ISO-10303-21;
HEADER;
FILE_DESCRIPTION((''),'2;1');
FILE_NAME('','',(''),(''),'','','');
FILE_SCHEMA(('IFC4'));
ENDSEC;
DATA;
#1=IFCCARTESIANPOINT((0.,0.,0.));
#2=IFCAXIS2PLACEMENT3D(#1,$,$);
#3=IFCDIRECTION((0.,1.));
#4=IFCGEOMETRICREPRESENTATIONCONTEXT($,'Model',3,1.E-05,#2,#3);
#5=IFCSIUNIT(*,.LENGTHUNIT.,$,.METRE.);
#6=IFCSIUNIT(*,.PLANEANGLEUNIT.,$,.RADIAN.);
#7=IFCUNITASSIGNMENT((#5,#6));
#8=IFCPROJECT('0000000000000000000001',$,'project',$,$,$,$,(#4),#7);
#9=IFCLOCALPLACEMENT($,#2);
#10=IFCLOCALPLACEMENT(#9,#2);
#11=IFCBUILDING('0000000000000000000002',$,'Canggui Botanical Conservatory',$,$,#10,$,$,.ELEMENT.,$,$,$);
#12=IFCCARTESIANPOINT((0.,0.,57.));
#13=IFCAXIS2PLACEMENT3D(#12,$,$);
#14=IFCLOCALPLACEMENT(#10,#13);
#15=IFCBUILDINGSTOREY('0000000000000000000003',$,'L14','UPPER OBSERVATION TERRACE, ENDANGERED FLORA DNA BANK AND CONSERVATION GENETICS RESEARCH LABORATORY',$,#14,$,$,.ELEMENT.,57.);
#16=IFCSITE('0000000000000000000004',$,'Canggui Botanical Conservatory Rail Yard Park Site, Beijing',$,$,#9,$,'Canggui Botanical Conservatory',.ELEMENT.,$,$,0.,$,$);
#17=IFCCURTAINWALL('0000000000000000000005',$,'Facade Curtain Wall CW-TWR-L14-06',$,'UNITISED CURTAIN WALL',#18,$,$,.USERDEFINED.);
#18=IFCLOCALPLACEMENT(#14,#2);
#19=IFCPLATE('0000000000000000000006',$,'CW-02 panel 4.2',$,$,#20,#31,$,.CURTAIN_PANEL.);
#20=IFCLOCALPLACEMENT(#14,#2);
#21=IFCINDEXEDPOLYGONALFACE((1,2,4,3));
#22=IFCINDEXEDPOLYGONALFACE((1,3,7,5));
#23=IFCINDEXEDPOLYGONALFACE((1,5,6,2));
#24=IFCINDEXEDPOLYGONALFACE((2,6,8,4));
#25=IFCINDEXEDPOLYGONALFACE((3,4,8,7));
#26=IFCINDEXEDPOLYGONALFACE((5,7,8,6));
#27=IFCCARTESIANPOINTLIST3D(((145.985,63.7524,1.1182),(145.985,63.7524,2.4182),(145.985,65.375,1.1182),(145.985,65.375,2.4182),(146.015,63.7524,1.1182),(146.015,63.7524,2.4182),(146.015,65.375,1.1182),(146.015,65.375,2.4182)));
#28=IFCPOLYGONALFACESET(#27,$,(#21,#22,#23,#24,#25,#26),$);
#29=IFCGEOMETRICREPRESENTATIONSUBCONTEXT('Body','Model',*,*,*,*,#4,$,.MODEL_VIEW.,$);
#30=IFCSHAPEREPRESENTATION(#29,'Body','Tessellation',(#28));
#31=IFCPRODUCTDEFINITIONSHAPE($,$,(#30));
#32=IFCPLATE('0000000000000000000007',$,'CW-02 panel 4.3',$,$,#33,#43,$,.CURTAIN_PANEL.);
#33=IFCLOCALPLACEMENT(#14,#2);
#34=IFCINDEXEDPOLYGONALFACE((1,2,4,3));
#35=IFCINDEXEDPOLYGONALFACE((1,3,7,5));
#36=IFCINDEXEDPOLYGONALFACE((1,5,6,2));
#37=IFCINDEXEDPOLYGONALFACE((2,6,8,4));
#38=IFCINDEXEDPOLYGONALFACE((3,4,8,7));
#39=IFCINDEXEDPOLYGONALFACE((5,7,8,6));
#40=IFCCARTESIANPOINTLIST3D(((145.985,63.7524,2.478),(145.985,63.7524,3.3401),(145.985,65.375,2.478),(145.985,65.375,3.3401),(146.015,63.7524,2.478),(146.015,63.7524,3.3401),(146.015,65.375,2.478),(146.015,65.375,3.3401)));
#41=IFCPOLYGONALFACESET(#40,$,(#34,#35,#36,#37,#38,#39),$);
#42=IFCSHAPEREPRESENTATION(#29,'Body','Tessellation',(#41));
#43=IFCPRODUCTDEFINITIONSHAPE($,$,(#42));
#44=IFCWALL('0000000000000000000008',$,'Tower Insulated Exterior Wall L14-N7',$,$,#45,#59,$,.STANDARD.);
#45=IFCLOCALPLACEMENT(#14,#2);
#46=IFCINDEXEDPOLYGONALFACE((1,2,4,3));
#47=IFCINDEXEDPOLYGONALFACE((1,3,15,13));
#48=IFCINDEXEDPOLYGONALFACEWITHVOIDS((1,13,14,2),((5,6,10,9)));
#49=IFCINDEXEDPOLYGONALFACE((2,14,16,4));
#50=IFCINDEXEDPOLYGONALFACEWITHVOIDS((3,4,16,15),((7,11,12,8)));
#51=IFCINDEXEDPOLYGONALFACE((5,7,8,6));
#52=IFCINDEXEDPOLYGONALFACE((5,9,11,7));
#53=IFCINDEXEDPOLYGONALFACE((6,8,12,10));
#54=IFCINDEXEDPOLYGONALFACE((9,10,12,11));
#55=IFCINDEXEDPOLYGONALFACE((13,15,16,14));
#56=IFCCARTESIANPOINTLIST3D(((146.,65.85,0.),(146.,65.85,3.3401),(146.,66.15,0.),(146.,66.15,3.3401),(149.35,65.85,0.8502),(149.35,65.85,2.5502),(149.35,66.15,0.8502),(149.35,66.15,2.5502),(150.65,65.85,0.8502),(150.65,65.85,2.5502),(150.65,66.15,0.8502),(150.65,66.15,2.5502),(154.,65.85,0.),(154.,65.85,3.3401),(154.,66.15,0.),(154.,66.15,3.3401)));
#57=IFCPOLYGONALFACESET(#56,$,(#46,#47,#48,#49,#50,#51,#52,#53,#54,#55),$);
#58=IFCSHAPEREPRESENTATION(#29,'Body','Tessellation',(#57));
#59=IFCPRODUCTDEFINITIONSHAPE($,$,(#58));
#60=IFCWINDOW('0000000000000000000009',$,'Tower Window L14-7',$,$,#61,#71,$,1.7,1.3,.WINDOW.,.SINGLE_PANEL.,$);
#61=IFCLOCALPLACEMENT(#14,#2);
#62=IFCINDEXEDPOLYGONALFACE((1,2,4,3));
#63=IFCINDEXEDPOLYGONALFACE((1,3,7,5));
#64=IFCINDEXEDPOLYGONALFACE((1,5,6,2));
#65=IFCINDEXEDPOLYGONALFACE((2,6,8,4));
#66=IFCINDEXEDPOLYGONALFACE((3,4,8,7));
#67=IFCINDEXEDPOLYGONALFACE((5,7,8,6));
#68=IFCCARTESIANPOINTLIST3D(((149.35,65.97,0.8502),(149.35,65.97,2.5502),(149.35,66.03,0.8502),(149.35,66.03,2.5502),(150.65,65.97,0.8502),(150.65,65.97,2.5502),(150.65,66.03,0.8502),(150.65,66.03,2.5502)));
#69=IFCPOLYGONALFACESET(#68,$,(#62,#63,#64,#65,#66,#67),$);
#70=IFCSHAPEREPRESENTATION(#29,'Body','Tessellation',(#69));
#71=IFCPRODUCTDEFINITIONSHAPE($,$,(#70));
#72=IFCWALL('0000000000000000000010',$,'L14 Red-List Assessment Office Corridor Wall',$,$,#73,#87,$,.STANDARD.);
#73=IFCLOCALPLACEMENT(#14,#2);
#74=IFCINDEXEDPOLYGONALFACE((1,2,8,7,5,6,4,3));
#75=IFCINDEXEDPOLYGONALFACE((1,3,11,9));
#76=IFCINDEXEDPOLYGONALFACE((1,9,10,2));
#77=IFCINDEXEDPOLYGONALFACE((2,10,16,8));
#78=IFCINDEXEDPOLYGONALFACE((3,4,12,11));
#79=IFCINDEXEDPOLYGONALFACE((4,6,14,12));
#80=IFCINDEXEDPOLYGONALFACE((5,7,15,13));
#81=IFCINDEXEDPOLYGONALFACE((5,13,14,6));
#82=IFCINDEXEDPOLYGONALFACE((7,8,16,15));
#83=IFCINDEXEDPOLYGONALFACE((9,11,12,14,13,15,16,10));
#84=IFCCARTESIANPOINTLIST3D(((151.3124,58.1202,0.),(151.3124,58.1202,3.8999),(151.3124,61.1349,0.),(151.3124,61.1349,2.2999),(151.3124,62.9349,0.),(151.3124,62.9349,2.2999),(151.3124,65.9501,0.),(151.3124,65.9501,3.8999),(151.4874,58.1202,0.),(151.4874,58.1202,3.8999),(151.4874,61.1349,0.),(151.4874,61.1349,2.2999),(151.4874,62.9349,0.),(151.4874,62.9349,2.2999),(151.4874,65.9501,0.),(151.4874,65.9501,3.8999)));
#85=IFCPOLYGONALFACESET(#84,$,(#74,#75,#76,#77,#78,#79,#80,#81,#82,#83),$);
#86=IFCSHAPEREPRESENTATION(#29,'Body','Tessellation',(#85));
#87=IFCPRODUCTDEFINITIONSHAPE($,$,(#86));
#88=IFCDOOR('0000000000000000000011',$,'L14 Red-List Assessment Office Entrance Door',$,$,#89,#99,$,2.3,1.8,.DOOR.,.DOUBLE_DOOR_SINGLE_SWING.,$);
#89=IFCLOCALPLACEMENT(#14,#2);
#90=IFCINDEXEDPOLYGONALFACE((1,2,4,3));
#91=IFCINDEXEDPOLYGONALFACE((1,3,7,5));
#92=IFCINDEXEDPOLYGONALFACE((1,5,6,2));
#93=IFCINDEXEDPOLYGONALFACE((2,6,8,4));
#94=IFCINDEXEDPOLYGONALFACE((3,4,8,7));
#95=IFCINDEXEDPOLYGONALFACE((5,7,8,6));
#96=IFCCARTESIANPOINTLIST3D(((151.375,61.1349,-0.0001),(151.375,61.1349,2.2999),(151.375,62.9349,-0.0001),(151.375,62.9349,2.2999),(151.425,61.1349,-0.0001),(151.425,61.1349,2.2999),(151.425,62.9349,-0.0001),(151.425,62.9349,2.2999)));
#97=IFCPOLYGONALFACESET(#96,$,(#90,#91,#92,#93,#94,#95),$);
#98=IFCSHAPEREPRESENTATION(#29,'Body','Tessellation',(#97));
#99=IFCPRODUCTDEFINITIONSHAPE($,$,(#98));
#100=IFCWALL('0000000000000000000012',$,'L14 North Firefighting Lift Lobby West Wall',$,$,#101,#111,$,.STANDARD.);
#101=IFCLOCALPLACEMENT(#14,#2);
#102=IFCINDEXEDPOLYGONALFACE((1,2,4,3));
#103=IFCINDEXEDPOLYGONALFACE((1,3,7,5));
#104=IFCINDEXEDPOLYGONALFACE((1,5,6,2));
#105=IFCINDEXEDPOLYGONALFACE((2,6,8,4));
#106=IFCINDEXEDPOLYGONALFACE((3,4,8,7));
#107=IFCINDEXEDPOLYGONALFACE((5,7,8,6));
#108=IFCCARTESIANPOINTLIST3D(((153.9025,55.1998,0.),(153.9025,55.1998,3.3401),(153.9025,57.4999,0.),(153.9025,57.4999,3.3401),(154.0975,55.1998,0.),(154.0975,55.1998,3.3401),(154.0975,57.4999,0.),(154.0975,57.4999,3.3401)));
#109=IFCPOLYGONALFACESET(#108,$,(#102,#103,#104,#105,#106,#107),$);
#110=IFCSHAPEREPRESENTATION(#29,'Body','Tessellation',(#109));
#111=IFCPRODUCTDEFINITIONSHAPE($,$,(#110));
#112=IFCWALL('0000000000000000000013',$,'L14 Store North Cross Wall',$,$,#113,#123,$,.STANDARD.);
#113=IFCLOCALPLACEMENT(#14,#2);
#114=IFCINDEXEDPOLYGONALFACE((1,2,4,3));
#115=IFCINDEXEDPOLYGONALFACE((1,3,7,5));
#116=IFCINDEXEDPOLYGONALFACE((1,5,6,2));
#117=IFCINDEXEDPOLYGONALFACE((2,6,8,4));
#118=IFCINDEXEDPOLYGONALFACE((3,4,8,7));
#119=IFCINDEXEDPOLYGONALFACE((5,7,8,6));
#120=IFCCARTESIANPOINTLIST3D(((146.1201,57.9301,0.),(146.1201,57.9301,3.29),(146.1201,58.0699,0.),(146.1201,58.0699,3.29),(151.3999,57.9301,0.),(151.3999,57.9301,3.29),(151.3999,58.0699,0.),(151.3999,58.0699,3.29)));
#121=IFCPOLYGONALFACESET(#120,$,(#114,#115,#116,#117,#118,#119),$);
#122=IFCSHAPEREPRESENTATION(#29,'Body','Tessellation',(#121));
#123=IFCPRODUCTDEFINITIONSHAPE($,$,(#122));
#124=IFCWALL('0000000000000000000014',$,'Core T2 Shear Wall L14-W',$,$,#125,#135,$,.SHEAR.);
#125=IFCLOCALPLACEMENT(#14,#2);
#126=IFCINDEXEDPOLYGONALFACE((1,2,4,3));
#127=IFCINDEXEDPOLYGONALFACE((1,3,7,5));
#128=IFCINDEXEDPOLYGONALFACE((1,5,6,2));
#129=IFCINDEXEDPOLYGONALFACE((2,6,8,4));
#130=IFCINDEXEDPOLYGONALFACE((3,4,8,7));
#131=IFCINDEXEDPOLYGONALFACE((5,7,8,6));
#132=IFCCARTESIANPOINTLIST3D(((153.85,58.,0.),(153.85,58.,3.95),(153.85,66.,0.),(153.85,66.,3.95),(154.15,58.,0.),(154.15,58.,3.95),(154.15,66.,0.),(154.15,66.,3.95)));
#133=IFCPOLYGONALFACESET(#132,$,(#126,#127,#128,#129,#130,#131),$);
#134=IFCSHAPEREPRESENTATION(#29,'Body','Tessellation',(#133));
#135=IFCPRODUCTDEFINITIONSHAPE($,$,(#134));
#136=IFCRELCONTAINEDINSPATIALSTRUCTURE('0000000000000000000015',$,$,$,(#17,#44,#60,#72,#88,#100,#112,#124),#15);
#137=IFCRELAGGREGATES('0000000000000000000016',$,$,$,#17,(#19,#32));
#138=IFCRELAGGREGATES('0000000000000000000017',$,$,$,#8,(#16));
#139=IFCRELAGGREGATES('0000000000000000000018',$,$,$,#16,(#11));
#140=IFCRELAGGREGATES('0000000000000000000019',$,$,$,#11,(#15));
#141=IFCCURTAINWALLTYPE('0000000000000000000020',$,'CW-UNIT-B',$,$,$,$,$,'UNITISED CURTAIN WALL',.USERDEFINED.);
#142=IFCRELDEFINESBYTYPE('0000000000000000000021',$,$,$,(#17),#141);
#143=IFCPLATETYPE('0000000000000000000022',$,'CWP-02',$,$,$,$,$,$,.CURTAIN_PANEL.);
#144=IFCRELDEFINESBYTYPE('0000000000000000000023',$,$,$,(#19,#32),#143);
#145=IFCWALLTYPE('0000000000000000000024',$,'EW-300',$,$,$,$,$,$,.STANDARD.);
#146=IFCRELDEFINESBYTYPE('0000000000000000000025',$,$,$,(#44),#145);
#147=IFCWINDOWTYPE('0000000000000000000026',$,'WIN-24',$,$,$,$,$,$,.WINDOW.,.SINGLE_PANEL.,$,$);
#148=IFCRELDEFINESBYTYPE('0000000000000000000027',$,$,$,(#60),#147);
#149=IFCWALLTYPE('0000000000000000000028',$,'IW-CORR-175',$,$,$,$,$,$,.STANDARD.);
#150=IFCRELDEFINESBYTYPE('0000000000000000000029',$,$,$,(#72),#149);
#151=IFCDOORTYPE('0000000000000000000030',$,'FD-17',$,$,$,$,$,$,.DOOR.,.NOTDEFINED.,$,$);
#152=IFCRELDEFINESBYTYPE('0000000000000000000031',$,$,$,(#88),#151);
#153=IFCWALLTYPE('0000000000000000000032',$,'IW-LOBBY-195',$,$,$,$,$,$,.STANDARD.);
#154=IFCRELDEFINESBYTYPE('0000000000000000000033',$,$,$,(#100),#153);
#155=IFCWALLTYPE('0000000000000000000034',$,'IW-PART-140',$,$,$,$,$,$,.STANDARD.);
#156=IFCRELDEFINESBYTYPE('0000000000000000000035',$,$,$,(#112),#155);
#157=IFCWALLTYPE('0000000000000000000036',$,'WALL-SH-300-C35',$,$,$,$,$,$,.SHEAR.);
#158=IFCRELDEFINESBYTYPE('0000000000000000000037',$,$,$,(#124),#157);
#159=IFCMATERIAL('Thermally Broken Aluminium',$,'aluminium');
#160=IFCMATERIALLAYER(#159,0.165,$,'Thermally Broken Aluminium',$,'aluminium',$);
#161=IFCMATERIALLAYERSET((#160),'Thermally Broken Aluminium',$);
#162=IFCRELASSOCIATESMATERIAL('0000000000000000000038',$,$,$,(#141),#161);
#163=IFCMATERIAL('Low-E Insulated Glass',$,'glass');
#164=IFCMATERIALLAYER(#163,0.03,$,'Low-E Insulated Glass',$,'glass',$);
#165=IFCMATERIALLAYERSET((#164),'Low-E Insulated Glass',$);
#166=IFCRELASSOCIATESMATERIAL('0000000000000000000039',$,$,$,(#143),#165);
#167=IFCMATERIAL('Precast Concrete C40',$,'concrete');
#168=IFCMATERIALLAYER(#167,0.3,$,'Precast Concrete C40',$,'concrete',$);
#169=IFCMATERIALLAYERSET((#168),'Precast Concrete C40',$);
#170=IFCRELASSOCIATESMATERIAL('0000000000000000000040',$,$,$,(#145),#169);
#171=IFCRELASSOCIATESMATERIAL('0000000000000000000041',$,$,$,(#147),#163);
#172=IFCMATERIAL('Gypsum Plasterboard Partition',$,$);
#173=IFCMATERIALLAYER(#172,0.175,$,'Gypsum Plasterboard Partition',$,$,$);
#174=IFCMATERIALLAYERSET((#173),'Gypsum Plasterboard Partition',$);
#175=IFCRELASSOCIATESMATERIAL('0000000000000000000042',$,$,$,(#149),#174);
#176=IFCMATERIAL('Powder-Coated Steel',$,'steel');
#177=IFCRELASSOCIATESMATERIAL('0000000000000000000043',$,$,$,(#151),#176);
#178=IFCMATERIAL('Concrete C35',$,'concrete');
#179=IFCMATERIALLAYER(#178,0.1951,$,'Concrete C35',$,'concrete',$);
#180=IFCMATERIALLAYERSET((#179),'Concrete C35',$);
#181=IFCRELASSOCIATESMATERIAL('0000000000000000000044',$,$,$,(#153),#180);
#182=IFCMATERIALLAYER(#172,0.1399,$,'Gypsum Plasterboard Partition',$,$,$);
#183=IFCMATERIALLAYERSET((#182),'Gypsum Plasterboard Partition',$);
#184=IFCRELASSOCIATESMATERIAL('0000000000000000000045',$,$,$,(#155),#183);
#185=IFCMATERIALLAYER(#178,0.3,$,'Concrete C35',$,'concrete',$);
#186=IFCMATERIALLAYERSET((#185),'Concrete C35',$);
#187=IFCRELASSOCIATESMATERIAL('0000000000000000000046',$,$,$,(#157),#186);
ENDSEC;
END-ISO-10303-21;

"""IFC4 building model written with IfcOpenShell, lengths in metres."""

from ifc_helpers import new_model, si_unit, direction, frame, frame_2d, origin, origin_2d, place, context, subcontext, project, spatial, rectangle, extrude, material, layer, layer_set, type_object, element, fill, aggregate, save


model = new_model("IFC4")

# Units and contexts
model_context = context("Model", 3, precision=1e-05, world=origin(), true_north=direction((0.0, 1.0)))
body_context = subcontext(model_context, "Body", "Model", "MODEL_VIEW")
ifc_project = project(units=[si_unit("LENGTHUNIT", "METRE"), si_unit("PLANEANGLEUNIT", "RADIAN")], contexts=[model_context])

# Site, building, storey
site_placement = place(None, origin())
site = spatial("IfcSite", under=ifc_project, at=site_placement, Name="Canggui Botanical Conservatory Rail Yard Park Site, Beijing", LongName="Canggui Botanical Conservatory", CompositionType="ELEMENT", RefElevation=0.0)
building_placement = place(site_placement, origin())
building = spatial("IfcBuilding", under=site, at=building_placement, Name="Canggui Botanical Conservatory", CompositionType="ELEMENT")
storey_placement = place(building_placement, frame((0.0, 0.0, 57.0)))
storey = spatial("IfcBuildingStorey", under=building, at=storey_placement, Name="L14", Description="UPPER OBSERVATION TERRACE, ENDANGERED FLORA DNA BANK AND CONSERVATION GENETICS RESEARCH LABORATORY", CompositionType="ELEMENT", Elevation=57.0)

# Shared definitions
ifc_material_1 = material(Name="Concrete C35", Category="concrete")

# Curtain wall, plates
ifc_material_2 = material(Name="Thermally Broken Aluminium", Category="aluminium")
ifc_layer_1 = layer(ifc_material_2, 0.165, Name="Thermally Broken Aluminium", Category="aluminium")
ifc_layer_set_1 = layer_set([ifc_layer_1], Name="Thermally Broken Aluminium")
curtain_wall_type = type_object("IfcCurtainWallType", Name="CW-UNIT-B", ElementType="UNITISED CURTAIN WALL", PredefinedType="USERDEFINED", material=ifc_layer_set_1)
curtain_wall_placement = place(storey_placement, origin())
curtain_wall = element("IfcCurtainWall", 1, at=curtain_wall_placement, inside=storey, type_object=curtain_wall_type, Name="Facade Curtain Wall CW-TWR-L14-06", ObjectType="UNITISED CURTAIN WALL", PredefinedType="USERDEFINED")
ifc_material_3 = material(Name="Low-E Insulated Glass", Category="glass")
ifc_layer_2 = layer(ifc_material_3, 0.03, Name="Low-E Insulated Glass", Category="glass")
ifc_layer_set_2 = layer_set([ifc_layer_2], Name="Low-E Insulated Glass")
plate_type = type_object("IfcPlateType", Name="CWP-02", PredefinedType="CURTAIN_PANEL", material=ifc_layer_set_2)
plate_1_placement = place(storey_placement, frame((146.0, 64.5637, 1.1182), z_axis=(0.0, 0.0, 1.0), x_axis=(0.0, 1.0, 0.0)))
plate_1 = element("IfcPlate", 2, at=plate_1_placement, type_object=plate_type, Name="CW-02 panel 4.2", PredefinedType="CURTAIN_PANEL", context=body_context, shape_type="SweptSolid", body=[
    extrude(rectangle(XDim=1.6226, YDim=0.03, at=origin_2d()), origin(), (0.0, 0.0, 1.0), 1.3),
])
plate_2_placement = place(storey_placement, frame((146.0, 64.5637, 2.478), z_axis=(0.0, 0.0, 1.0), x_axis=(0.0, 1.0, 0.0)))
plate_2 = element("IfcPlate", 3, at=plate_2_placement, type_object=plate_type, Name="CW-02 panel 4.3", PredefinedType="CURTAIN_PANEL", context=body_context, shape_type="SweptSolid", body=[
    extrude(rectangle(XDim=1.6226, YDim=0.03, at=origin_2d()), origin(), (0.0, 0.0, 1.0), 0.8621),
])
aggregate(curtain_wall, [plate_1, plate_2])

# Wall, opening, window
ifc_material_4 = material(Name="Precast Concrete C40", Category="concrete")
ifc_layer_3 = layer(ifc_material_4, 0.3, Name="Precast Concrete C40", Category="concrete")
ifc_layer_set_3 = layer_set([ifc_layer_3], Name="Precast Concrete C40")
wall_type_1 = type_object("IfcWallType", Name="EW-300", PredefinedType="STANDARD", material=ifc_layer_set_3)
wall_1_placement = place(storey_placement, frame((146.0, 66.0, 0.0), z_axis=(0.0, 0.0, 1.0), x_axis=(1.0, 0.0, 0.0)))
wall_1 = element("IfcWall", 4, at=wall_1_placement, inside=storey, type_object=wall_type_1, Name="Tower Insulated Exterior Wall L14-N7", PredefinedType="STANDARD", context=body_context, shape_type="SweptSolid", body=[
    extrude(rectangle(XDim=8.0, YDim=0.3, at=frame_2d((4.0, 0.0))), origin(), (0.0, 0.0, 1.0), 3.3401),
])
opening_1_placement = place(wall_1_placement, frame((3.3501, 0.0, 0.8501)))
opening_1 = element("IfcOpeningElement", 5, at=opening_1_placement, cuts=wall_1, PredefinedType="OPENING", context=body_context, shape_type="SweptSolid", body=[
    extrude(rectangle(XDim=1.3, YDim=1.7, at=frame_2d((0.6499, 0.8501))), frame((0.0, 0.1602, 0.0), z_axis=(0.0, -1.0, 0.0), x_axis=(1.0, 0.0, 0.0)), (0.0, 0.0, 1.0), 0.3201),
])
window_type = type_object("IfcWindowType", Name="WIN-24", PartitioningType="SINGLE_PANEL", PredefinedType="WINDOW", material=ifc_material_3)
window_placement = place(opening_1_placement, origin())
window = element("IfcWindow", 6, at=window_placement, inside=storey, type_object=window_type, Name="Tower Window L14-7", OverallHeight=1.7, OverallWidth=1.3, PartitioningType="SINGLE_PANEL", PredefinedType="WINDOW", context=body_context, shape_type="SweptSolid", body=[
    extrude(rectangle(XDim=1.3, YDim=1.7, at=frame_2d((0.6499, 0.8501))), frame((0.0, 0.03, 0.0), z_axis=(0.0, -1.0, 0.0), x_axis=(1.0, 0.0, 0.0)), (0.0, 0.0, 1.0), 0.0601),
])
fill(opening_1, window)

# Wall, opening, door
ifc_material_5 = material(Name="Gypsum Plasterboard Partition")
ifc_layer_4 = layer(ifc_material_5, 0.175, Name="Gypsum Plasterboard Partition")
ifc_layer_set_4 = layer_set([ifc_layer_4], Name="Gypsum Plasterboard Partition")
wall_type_2 = type_object("IfcWallType", Name="IW-CORR-175", PredefinedType="STANDARD", material=ifc_layer_set_4)
wall_2_placement = place(storey_placement, frame((151.3999, 58.1201, 0.0), z_axis=(0.0, 0.0, 1.0), x_axis=(0.0, 1.0, 0.0)))
wall_2 = element("IfcWall", 7, at=wall_2_placement, inside=storey, type_object=wall_type_2, Name="L14 Red-List Assessment Office Corridor Wall", PredefinedType="STANDARD", context=body_context, shape_type="SweptSolid", body=[
    extrude(rectangle(XDim=7.8298, YDim=0.175, at=frame_2d((3.915, 0.0))), origin(), (0.0, 0.0, 1.0), 3.8999),
])
opening_2_placement = place(wall_2_placement, frame((3.0149, 0.0, 0.0)))
opening_2 = element("IfcOpeningElement", 8, at=opening_2_placement, cuts=wall_2, PredefinedType="OPENING", context=body_context, shape_type="SweptSolid", body=[
    extrude(rectangle(XDim=1.8, YDim=2.3, at=frame_2d((0.8999, 1.1499))), frame((0.0, 0.0977, 0.0), z_axis=(0.0, -1.0, 0.0), x_axis=(1.0, 0.0, 0.0)), (0.0, 0.0, 1.0), 0.1951),
])
ifc_material_6 = material(Name="Powder-Coated Steel", Category="steel")
door_type_1 = type_object("IfcDoorType", Name="FD-17", OperationType="NOTDEFINED", PredefinedType="DOOR", material=ifc_material_6)
door_1_placement = place(opening_2_placement, origin())
door_1 = element("IfcDoor", 9, at=door_1_placement, inside=storey, type_object=door_type_1, Name="L14 Red-List Assessment Office Entrance Door", OperationType="DOUBLE_DOOR_SINGLE_SWING", OverallHeight=2.3, OverallWidth=1.8, PredefinedType="DOOR", context=body_context, shape_type="SweptSolid", body=[
    extrude(rectangle(XDim=1.8, YDim=2.3, at=frame_2d((0.8999, 1.1499))), frame((0.0, 0.0249, 0.0), z_axis=(0.0, -1.0, 0.0), x_axis=(1.0, 0.0, 0.0)), (0.0, 0.0, 1.0), 0.05),
])
fill(opening_2, door_1)

# Walls
ifc_layer_5 = layer(ifc_material_1, 0.1951, Name="Concrete C35", Category="concrete")
ifc_layer_set_5 = layer_set([ifc_layer_5], Name="Concrete C35")
wall_type_3 = type_object("IfcWallType", Name="IW-LOBBY-195", PredefinedType="STANDARD", material=ifc_layer_set_5)
wall_3_placement = place(storey_placement, frame((154.0, 55.2, 0.0), z_axis=(0.0, 0.0, 1.0), x_axis=(0.0, 1.0, 0.0)))
element("IfcWall", 10, at=wall_3_placement, inside=storey, type_object=wall_type_3, Name="L14 North Firefighting Lift Lobby West Wall", PredefinedType="STANDARD", context=body_context, shape_type="SweptSolid", body=[
    extrude(rectangle(XDim=2.3, YDim=0.1951, at=frame_2d((1.1499, 0.0))), origin(), (0.0, 0.0, 1.0), 3.3401),
])
ifc_layer_6 = layer(ifc_material_5, 0.1399, Name="Gypsum Plasterboard Partition")
ifc_layer_set_6 = layer_set([ifc_layer_6], Name="Gypsum Plasterboard Partition")
wall_type_4 = type_object("IfcWallType", Name="IW-PART-140", PredefinedType="STANDARD", material=ifc_layer_set_6)
wall_4_placement = place(storey_placement, frame((146.1201, 58.0, 0.0), z_axis=(0.0, 0.0, 1.0), x_axis=(1.0, 0.0, 0.0)))
element("IfcWall", 11, at=wall_4_placement, inside=storey, type_object=wall_type_4, Name="L14 Store North Cross Wall", PredefinedType="STANDARD", context=body_context, shape_type="SweptSolid", body=[
    extrude(rectangle(XDim=5.2798, YDim=0.1399, at=frame_2d((2.6399, 0.0))), origin(), (0.0, 0.0, 1.0), 3.29),
])

# Shared definitions
ifc_layer_7 = layer(ifc_material_1, 0.3, Name="Concrete C35", Category="concrete")
ifc_layer_set_7 = layer_set([ifc_layer_7], Name="Concrete C35")
wall_type_5 = type_object("IfcWallType", Name="WALL-SH-300-C35", PredefinedType="SHEAR", material=ifc_layer_set_7)

# Wall
wall_5_placement = place(storey_placement, frame((154.0, 66.0, 0.0), z_axis=(0.0, 0.0, 1.0), x_axis=(0.0, -1.0, 0.0)))
element("IfcWall", 12, at=wall_5_placement, inside=storey, type_object=wall_type_5, Name="Core T2 Shear Wall L14-W", PredefinedType="SHEAR", context=body_context, shape_type="SweptSolid", body=[
    extrude(rectangle(XDim=8.0, YDim=0.3, at=frame_2d((4.0, 0.0))), origin(), (0.0, 0.0, 1.0), 3.95),
])

save(model, "model.ifc")
